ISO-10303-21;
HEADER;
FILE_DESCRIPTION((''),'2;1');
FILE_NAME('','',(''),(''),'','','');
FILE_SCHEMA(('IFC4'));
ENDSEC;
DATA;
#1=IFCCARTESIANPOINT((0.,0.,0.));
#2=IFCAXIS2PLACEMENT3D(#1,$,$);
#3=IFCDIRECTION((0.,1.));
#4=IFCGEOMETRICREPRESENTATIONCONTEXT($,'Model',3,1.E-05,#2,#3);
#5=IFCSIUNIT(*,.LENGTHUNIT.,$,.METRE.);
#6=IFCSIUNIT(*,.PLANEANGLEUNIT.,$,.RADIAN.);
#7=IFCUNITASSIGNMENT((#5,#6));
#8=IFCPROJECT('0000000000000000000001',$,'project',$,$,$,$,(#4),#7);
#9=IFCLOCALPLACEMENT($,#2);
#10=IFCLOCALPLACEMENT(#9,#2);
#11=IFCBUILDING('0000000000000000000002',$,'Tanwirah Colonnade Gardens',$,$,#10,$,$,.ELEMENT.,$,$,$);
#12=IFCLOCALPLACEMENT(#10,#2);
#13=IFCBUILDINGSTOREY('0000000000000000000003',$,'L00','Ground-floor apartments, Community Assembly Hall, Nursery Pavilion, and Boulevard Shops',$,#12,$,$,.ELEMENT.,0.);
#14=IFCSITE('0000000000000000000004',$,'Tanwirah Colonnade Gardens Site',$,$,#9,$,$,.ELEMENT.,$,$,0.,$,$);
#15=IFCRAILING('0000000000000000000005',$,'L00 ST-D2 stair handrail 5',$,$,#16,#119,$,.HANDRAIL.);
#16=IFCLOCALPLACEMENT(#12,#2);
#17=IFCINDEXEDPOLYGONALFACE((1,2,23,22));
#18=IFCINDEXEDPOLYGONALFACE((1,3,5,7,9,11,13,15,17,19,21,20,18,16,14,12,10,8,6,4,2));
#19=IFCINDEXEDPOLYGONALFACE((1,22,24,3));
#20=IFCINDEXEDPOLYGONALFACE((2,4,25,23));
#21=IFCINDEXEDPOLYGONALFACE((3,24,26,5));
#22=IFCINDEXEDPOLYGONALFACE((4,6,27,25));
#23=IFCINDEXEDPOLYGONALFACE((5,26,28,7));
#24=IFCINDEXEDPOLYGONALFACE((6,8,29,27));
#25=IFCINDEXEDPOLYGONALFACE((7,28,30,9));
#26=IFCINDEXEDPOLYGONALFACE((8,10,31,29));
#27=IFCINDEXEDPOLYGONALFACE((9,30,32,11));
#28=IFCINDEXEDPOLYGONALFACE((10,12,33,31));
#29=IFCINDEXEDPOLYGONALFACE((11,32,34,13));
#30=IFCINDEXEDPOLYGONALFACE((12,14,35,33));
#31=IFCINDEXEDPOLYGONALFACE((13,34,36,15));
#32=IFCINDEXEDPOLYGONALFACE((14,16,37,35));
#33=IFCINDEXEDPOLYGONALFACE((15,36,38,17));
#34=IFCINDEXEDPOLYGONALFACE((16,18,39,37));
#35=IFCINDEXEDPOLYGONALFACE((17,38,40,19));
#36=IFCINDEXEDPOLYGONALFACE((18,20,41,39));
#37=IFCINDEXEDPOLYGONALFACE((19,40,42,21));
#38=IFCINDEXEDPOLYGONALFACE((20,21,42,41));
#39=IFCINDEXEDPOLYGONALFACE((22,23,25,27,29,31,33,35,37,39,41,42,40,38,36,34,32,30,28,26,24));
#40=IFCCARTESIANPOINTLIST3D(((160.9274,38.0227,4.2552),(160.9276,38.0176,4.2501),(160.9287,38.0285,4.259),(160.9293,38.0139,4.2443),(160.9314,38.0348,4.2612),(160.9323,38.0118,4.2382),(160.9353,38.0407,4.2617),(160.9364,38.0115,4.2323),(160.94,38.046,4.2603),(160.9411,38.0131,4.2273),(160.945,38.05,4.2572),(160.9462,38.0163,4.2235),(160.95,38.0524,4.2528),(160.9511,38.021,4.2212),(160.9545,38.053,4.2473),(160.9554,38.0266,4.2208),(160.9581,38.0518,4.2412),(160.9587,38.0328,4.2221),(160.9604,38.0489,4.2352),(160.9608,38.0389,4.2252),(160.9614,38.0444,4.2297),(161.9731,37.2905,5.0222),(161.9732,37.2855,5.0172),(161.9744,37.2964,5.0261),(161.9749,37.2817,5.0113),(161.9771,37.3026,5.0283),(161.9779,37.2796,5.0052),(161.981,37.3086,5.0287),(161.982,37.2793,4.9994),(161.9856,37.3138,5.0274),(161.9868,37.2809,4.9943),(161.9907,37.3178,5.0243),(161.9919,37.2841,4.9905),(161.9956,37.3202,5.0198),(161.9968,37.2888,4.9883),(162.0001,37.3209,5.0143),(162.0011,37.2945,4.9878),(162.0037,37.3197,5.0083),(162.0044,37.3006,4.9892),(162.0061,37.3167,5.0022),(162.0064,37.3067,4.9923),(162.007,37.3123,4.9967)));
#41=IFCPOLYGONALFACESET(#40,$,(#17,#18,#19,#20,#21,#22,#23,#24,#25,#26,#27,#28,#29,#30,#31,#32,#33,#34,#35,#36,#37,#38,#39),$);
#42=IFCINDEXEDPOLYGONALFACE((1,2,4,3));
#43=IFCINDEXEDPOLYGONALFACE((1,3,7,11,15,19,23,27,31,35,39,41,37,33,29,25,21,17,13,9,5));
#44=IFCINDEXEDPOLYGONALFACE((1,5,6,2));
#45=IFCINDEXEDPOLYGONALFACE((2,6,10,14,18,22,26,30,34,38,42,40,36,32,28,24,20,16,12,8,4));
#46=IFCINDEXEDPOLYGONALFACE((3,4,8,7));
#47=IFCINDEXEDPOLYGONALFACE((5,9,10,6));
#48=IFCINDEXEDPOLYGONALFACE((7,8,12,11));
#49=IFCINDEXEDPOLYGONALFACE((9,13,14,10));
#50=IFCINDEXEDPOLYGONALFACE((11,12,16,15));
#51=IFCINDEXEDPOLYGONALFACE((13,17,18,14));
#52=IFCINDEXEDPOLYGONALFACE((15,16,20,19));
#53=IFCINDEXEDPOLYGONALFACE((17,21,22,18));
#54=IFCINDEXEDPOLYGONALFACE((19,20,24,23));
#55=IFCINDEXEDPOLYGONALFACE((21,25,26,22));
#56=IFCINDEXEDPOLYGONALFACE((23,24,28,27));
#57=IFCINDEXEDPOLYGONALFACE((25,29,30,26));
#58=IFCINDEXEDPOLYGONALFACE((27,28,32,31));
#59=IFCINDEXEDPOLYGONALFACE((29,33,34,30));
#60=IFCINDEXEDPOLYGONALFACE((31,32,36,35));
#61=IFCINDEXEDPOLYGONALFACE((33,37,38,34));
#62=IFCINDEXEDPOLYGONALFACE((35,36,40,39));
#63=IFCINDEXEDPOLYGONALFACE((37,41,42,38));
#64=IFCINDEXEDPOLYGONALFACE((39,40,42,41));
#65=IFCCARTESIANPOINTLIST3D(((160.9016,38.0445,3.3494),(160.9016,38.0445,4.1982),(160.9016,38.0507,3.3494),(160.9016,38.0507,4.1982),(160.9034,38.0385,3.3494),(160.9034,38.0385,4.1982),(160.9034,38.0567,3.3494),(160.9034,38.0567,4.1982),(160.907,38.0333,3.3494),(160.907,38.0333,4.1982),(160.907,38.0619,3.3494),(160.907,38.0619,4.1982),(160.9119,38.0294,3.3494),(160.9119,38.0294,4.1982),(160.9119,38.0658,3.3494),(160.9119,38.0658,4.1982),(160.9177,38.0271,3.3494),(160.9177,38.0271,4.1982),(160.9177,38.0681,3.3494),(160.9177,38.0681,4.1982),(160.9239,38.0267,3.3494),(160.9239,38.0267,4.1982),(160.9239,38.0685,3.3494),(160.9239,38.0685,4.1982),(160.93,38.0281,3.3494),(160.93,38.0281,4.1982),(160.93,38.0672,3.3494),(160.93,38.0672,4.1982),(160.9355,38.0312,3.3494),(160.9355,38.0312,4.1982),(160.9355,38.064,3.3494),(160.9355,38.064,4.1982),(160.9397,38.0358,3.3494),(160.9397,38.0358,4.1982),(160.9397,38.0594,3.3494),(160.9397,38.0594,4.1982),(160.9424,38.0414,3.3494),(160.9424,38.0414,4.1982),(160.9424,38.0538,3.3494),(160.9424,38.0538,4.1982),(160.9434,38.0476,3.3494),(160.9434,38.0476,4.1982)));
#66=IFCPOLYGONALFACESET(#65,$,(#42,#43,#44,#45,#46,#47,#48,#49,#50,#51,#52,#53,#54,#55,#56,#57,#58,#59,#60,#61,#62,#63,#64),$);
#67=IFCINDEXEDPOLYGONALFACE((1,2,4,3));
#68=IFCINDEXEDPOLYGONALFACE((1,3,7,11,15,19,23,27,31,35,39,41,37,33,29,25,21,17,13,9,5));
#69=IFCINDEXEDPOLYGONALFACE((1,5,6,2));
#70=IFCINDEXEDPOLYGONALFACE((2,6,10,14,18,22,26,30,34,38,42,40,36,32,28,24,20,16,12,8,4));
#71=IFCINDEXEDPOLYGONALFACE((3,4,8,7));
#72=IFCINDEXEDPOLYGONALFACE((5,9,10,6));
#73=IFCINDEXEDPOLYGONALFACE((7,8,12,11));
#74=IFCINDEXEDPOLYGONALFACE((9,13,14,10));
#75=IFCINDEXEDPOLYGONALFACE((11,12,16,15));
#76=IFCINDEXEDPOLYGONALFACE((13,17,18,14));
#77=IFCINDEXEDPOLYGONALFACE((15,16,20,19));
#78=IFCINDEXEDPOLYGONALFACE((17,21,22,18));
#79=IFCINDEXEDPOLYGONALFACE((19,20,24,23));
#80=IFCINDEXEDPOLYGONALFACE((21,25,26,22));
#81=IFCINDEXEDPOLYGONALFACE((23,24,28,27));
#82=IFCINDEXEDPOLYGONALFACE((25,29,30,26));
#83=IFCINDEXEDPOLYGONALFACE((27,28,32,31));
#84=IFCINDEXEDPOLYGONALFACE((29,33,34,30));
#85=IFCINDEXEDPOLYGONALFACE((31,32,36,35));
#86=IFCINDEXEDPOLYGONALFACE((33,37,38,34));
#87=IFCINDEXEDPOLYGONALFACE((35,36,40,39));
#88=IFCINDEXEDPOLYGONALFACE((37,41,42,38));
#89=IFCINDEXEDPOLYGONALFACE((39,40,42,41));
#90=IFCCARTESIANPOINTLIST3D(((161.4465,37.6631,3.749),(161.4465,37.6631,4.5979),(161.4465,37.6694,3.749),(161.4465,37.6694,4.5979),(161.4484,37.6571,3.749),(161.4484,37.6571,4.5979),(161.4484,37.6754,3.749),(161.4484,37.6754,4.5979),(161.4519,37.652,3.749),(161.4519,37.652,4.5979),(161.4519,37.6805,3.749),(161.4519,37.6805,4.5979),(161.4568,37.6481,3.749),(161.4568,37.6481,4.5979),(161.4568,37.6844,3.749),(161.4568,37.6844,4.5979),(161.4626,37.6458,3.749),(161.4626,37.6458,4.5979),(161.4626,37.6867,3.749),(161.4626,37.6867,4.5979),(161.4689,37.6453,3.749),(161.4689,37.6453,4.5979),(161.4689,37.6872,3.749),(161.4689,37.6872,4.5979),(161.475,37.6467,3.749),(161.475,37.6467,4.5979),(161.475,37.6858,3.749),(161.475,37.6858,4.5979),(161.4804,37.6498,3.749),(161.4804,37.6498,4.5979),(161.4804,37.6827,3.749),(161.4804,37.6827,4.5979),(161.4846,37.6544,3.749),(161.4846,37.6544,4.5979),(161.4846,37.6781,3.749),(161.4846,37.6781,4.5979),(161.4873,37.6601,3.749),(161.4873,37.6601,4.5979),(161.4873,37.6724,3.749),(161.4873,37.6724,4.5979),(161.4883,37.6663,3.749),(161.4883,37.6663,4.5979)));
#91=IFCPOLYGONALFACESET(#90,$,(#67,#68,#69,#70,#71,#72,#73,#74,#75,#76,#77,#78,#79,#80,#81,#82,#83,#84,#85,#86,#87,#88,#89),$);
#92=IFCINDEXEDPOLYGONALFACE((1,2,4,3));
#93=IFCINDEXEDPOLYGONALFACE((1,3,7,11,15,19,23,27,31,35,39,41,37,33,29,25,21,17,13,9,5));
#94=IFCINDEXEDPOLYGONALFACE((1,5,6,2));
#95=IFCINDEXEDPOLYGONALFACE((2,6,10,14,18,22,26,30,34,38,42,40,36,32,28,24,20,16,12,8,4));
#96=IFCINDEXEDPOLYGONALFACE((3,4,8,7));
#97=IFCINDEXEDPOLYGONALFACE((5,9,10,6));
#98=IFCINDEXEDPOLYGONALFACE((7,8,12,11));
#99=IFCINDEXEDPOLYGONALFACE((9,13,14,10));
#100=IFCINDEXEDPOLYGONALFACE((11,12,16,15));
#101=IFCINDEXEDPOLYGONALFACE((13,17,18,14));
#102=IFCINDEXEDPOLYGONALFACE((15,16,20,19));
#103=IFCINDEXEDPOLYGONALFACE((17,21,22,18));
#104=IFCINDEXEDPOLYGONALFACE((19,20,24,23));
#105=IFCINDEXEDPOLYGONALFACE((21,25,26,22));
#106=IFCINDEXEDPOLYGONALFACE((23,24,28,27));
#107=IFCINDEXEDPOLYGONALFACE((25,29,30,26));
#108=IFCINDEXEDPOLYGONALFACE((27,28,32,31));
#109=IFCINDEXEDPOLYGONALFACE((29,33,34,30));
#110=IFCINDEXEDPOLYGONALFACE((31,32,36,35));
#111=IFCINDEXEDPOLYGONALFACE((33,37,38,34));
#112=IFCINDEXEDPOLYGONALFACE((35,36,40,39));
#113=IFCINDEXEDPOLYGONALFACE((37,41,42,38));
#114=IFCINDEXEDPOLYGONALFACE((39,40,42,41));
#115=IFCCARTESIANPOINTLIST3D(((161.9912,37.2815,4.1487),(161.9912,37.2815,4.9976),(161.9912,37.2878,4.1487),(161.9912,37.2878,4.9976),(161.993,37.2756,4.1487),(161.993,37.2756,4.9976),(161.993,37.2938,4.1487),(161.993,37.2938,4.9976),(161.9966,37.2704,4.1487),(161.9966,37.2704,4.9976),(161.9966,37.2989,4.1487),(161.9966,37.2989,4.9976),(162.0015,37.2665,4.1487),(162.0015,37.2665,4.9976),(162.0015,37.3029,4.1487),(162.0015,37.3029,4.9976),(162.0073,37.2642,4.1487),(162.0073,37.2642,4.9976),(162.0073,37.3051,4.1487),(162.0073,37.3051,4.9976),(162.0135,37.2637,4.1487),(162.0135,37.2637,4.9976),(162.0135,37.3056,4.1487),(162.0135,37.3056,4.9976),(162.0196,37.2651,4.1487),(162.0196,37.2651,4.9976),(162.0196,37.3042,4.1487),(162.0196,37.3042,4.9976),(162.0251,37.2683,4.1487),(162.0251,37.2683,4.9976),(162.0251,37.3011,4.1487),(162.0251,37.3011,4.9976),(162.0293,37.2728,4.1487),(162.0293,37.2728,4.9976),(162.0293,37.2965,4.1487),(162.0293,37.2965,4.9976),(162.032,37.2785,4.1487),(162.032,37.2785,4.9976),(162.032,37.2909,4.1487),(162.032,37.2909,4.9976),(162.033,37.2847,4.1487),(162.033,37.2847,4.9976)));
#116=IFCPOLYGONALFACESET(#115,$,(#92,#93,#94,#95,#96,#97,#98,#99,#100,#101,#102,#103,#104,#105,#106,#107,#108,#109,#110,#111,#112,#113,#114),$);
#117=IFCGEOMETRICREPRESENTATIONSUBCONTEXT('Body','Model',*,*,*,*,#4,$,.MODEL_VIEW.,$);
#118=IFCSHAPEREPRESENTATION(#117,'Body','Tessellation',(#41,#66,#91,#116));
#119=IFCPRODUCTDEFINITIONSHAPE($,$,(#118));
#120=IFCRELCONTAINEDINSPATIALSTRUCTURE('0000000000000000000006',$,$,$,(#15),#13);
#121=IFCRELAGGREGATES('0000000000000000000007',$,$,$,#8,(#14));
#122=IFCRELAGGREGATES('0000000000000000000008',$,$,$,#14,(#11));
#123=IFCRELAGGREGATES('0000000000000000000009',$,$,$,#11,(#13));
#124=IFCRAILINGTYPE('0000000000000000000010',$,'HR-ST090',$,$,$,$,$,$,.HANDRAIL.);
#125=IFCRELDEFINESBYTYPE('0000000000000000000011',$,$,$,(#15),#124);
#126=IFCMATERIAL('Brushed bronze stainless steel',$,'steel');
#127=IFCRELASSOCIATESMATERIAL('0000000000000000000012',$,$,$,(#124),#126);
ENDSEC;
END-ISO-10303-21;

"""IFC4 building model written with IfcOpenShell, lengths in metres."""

from ifc_helpers import new_model, si_unit, direction, frame, origin, origin_2d, place, context, subcontext, project, spatial, circle, extrude, material, type_object, element, save


model = new_model("IFC4")

# Units and contexts
model_context = context("Model", 3, precision=1e-05, world=origin(), true_north=direction((0.0, 1.0)))
body_context = subcontext(model_context, "Body", "Model", "MODEL_VIEW")
ifc_project = project(units=[si_unit("LENGTHUNIT", "METRE"), si_unit("PLANEANGLEUNIT", "RADIAN")], contexts=[model_context])

# Site, building, storey
site_placement = place(None, origin())
site = spatial("IfcSite", under=ifc_project, at=site_placement, Name="Tanwirah Colonnade Gardens Site", CompositionType="ELEMENT", RefElevation=0.0)
building_placement = place(site_placement, origin())
building = spatial("IfcBuilding", under=site, at=building_placement, Name="Tanwirah Colonnade Gardens", CompositionType="ELEMENT")
storey_placement = place(building_placement, origin())
storey = spatial("IfcBuildingStorey", under=building, at=storey_placement, Name="L00", Description="Ground-floor apartments, Community Assembly Hall, Nursery Pavilion, and Boulevard Shops", CompositionType="ELEMENT", Elevation=0.0)

# Railing
ifc_material_1 = material(Name="Brushed bronze stainless steel", Category="steel")
railing_type_1 = type_object("IfcRailingType", Name="HR-ST090", PredefinedType="HANDRAIL", material=ifc_material_1)
railing_1_placement = place(storey_placement, frame((160.9224, 38.0476, 3.3494)))
element("IfcRailing", 1, at=railing_1_placement, inside=storey, type_object=railing_type_1, Name="L00 ST-D2 stair handrail 5", PredefinedType="HANDRAIL", context=body_context, shape_type="SweptSolid", body=[
    extrude(circle(Radius=0.0239, at=origin_2d()), frame((0.022, -0.0154, 0.8918), z_axis=(0.702134, -0.491635, 0.515076), x_axis=(0.573573, 0.819154, 0.0)), (0.0, 0.0, 1.0), 1.4893),
    extrude(circle(Radius=0.021, at=origin_2d()), origin(), (0.0, 0.0, 1.0), 0.8489),
    extrude(circle(Radius=0.021, at=origin_2d()), frame((0.5449, -0.3813, 0.3997)), (0.0, 0.0, 1.0), 0.8489),
    extrude(circle(Radius=0.021, at=origin_2d()), frame((1.0896, -0.7629, 0.7993)), (0.0, 0.0, 1.0), 0.8489),
])

save(model, "model.ifc")
